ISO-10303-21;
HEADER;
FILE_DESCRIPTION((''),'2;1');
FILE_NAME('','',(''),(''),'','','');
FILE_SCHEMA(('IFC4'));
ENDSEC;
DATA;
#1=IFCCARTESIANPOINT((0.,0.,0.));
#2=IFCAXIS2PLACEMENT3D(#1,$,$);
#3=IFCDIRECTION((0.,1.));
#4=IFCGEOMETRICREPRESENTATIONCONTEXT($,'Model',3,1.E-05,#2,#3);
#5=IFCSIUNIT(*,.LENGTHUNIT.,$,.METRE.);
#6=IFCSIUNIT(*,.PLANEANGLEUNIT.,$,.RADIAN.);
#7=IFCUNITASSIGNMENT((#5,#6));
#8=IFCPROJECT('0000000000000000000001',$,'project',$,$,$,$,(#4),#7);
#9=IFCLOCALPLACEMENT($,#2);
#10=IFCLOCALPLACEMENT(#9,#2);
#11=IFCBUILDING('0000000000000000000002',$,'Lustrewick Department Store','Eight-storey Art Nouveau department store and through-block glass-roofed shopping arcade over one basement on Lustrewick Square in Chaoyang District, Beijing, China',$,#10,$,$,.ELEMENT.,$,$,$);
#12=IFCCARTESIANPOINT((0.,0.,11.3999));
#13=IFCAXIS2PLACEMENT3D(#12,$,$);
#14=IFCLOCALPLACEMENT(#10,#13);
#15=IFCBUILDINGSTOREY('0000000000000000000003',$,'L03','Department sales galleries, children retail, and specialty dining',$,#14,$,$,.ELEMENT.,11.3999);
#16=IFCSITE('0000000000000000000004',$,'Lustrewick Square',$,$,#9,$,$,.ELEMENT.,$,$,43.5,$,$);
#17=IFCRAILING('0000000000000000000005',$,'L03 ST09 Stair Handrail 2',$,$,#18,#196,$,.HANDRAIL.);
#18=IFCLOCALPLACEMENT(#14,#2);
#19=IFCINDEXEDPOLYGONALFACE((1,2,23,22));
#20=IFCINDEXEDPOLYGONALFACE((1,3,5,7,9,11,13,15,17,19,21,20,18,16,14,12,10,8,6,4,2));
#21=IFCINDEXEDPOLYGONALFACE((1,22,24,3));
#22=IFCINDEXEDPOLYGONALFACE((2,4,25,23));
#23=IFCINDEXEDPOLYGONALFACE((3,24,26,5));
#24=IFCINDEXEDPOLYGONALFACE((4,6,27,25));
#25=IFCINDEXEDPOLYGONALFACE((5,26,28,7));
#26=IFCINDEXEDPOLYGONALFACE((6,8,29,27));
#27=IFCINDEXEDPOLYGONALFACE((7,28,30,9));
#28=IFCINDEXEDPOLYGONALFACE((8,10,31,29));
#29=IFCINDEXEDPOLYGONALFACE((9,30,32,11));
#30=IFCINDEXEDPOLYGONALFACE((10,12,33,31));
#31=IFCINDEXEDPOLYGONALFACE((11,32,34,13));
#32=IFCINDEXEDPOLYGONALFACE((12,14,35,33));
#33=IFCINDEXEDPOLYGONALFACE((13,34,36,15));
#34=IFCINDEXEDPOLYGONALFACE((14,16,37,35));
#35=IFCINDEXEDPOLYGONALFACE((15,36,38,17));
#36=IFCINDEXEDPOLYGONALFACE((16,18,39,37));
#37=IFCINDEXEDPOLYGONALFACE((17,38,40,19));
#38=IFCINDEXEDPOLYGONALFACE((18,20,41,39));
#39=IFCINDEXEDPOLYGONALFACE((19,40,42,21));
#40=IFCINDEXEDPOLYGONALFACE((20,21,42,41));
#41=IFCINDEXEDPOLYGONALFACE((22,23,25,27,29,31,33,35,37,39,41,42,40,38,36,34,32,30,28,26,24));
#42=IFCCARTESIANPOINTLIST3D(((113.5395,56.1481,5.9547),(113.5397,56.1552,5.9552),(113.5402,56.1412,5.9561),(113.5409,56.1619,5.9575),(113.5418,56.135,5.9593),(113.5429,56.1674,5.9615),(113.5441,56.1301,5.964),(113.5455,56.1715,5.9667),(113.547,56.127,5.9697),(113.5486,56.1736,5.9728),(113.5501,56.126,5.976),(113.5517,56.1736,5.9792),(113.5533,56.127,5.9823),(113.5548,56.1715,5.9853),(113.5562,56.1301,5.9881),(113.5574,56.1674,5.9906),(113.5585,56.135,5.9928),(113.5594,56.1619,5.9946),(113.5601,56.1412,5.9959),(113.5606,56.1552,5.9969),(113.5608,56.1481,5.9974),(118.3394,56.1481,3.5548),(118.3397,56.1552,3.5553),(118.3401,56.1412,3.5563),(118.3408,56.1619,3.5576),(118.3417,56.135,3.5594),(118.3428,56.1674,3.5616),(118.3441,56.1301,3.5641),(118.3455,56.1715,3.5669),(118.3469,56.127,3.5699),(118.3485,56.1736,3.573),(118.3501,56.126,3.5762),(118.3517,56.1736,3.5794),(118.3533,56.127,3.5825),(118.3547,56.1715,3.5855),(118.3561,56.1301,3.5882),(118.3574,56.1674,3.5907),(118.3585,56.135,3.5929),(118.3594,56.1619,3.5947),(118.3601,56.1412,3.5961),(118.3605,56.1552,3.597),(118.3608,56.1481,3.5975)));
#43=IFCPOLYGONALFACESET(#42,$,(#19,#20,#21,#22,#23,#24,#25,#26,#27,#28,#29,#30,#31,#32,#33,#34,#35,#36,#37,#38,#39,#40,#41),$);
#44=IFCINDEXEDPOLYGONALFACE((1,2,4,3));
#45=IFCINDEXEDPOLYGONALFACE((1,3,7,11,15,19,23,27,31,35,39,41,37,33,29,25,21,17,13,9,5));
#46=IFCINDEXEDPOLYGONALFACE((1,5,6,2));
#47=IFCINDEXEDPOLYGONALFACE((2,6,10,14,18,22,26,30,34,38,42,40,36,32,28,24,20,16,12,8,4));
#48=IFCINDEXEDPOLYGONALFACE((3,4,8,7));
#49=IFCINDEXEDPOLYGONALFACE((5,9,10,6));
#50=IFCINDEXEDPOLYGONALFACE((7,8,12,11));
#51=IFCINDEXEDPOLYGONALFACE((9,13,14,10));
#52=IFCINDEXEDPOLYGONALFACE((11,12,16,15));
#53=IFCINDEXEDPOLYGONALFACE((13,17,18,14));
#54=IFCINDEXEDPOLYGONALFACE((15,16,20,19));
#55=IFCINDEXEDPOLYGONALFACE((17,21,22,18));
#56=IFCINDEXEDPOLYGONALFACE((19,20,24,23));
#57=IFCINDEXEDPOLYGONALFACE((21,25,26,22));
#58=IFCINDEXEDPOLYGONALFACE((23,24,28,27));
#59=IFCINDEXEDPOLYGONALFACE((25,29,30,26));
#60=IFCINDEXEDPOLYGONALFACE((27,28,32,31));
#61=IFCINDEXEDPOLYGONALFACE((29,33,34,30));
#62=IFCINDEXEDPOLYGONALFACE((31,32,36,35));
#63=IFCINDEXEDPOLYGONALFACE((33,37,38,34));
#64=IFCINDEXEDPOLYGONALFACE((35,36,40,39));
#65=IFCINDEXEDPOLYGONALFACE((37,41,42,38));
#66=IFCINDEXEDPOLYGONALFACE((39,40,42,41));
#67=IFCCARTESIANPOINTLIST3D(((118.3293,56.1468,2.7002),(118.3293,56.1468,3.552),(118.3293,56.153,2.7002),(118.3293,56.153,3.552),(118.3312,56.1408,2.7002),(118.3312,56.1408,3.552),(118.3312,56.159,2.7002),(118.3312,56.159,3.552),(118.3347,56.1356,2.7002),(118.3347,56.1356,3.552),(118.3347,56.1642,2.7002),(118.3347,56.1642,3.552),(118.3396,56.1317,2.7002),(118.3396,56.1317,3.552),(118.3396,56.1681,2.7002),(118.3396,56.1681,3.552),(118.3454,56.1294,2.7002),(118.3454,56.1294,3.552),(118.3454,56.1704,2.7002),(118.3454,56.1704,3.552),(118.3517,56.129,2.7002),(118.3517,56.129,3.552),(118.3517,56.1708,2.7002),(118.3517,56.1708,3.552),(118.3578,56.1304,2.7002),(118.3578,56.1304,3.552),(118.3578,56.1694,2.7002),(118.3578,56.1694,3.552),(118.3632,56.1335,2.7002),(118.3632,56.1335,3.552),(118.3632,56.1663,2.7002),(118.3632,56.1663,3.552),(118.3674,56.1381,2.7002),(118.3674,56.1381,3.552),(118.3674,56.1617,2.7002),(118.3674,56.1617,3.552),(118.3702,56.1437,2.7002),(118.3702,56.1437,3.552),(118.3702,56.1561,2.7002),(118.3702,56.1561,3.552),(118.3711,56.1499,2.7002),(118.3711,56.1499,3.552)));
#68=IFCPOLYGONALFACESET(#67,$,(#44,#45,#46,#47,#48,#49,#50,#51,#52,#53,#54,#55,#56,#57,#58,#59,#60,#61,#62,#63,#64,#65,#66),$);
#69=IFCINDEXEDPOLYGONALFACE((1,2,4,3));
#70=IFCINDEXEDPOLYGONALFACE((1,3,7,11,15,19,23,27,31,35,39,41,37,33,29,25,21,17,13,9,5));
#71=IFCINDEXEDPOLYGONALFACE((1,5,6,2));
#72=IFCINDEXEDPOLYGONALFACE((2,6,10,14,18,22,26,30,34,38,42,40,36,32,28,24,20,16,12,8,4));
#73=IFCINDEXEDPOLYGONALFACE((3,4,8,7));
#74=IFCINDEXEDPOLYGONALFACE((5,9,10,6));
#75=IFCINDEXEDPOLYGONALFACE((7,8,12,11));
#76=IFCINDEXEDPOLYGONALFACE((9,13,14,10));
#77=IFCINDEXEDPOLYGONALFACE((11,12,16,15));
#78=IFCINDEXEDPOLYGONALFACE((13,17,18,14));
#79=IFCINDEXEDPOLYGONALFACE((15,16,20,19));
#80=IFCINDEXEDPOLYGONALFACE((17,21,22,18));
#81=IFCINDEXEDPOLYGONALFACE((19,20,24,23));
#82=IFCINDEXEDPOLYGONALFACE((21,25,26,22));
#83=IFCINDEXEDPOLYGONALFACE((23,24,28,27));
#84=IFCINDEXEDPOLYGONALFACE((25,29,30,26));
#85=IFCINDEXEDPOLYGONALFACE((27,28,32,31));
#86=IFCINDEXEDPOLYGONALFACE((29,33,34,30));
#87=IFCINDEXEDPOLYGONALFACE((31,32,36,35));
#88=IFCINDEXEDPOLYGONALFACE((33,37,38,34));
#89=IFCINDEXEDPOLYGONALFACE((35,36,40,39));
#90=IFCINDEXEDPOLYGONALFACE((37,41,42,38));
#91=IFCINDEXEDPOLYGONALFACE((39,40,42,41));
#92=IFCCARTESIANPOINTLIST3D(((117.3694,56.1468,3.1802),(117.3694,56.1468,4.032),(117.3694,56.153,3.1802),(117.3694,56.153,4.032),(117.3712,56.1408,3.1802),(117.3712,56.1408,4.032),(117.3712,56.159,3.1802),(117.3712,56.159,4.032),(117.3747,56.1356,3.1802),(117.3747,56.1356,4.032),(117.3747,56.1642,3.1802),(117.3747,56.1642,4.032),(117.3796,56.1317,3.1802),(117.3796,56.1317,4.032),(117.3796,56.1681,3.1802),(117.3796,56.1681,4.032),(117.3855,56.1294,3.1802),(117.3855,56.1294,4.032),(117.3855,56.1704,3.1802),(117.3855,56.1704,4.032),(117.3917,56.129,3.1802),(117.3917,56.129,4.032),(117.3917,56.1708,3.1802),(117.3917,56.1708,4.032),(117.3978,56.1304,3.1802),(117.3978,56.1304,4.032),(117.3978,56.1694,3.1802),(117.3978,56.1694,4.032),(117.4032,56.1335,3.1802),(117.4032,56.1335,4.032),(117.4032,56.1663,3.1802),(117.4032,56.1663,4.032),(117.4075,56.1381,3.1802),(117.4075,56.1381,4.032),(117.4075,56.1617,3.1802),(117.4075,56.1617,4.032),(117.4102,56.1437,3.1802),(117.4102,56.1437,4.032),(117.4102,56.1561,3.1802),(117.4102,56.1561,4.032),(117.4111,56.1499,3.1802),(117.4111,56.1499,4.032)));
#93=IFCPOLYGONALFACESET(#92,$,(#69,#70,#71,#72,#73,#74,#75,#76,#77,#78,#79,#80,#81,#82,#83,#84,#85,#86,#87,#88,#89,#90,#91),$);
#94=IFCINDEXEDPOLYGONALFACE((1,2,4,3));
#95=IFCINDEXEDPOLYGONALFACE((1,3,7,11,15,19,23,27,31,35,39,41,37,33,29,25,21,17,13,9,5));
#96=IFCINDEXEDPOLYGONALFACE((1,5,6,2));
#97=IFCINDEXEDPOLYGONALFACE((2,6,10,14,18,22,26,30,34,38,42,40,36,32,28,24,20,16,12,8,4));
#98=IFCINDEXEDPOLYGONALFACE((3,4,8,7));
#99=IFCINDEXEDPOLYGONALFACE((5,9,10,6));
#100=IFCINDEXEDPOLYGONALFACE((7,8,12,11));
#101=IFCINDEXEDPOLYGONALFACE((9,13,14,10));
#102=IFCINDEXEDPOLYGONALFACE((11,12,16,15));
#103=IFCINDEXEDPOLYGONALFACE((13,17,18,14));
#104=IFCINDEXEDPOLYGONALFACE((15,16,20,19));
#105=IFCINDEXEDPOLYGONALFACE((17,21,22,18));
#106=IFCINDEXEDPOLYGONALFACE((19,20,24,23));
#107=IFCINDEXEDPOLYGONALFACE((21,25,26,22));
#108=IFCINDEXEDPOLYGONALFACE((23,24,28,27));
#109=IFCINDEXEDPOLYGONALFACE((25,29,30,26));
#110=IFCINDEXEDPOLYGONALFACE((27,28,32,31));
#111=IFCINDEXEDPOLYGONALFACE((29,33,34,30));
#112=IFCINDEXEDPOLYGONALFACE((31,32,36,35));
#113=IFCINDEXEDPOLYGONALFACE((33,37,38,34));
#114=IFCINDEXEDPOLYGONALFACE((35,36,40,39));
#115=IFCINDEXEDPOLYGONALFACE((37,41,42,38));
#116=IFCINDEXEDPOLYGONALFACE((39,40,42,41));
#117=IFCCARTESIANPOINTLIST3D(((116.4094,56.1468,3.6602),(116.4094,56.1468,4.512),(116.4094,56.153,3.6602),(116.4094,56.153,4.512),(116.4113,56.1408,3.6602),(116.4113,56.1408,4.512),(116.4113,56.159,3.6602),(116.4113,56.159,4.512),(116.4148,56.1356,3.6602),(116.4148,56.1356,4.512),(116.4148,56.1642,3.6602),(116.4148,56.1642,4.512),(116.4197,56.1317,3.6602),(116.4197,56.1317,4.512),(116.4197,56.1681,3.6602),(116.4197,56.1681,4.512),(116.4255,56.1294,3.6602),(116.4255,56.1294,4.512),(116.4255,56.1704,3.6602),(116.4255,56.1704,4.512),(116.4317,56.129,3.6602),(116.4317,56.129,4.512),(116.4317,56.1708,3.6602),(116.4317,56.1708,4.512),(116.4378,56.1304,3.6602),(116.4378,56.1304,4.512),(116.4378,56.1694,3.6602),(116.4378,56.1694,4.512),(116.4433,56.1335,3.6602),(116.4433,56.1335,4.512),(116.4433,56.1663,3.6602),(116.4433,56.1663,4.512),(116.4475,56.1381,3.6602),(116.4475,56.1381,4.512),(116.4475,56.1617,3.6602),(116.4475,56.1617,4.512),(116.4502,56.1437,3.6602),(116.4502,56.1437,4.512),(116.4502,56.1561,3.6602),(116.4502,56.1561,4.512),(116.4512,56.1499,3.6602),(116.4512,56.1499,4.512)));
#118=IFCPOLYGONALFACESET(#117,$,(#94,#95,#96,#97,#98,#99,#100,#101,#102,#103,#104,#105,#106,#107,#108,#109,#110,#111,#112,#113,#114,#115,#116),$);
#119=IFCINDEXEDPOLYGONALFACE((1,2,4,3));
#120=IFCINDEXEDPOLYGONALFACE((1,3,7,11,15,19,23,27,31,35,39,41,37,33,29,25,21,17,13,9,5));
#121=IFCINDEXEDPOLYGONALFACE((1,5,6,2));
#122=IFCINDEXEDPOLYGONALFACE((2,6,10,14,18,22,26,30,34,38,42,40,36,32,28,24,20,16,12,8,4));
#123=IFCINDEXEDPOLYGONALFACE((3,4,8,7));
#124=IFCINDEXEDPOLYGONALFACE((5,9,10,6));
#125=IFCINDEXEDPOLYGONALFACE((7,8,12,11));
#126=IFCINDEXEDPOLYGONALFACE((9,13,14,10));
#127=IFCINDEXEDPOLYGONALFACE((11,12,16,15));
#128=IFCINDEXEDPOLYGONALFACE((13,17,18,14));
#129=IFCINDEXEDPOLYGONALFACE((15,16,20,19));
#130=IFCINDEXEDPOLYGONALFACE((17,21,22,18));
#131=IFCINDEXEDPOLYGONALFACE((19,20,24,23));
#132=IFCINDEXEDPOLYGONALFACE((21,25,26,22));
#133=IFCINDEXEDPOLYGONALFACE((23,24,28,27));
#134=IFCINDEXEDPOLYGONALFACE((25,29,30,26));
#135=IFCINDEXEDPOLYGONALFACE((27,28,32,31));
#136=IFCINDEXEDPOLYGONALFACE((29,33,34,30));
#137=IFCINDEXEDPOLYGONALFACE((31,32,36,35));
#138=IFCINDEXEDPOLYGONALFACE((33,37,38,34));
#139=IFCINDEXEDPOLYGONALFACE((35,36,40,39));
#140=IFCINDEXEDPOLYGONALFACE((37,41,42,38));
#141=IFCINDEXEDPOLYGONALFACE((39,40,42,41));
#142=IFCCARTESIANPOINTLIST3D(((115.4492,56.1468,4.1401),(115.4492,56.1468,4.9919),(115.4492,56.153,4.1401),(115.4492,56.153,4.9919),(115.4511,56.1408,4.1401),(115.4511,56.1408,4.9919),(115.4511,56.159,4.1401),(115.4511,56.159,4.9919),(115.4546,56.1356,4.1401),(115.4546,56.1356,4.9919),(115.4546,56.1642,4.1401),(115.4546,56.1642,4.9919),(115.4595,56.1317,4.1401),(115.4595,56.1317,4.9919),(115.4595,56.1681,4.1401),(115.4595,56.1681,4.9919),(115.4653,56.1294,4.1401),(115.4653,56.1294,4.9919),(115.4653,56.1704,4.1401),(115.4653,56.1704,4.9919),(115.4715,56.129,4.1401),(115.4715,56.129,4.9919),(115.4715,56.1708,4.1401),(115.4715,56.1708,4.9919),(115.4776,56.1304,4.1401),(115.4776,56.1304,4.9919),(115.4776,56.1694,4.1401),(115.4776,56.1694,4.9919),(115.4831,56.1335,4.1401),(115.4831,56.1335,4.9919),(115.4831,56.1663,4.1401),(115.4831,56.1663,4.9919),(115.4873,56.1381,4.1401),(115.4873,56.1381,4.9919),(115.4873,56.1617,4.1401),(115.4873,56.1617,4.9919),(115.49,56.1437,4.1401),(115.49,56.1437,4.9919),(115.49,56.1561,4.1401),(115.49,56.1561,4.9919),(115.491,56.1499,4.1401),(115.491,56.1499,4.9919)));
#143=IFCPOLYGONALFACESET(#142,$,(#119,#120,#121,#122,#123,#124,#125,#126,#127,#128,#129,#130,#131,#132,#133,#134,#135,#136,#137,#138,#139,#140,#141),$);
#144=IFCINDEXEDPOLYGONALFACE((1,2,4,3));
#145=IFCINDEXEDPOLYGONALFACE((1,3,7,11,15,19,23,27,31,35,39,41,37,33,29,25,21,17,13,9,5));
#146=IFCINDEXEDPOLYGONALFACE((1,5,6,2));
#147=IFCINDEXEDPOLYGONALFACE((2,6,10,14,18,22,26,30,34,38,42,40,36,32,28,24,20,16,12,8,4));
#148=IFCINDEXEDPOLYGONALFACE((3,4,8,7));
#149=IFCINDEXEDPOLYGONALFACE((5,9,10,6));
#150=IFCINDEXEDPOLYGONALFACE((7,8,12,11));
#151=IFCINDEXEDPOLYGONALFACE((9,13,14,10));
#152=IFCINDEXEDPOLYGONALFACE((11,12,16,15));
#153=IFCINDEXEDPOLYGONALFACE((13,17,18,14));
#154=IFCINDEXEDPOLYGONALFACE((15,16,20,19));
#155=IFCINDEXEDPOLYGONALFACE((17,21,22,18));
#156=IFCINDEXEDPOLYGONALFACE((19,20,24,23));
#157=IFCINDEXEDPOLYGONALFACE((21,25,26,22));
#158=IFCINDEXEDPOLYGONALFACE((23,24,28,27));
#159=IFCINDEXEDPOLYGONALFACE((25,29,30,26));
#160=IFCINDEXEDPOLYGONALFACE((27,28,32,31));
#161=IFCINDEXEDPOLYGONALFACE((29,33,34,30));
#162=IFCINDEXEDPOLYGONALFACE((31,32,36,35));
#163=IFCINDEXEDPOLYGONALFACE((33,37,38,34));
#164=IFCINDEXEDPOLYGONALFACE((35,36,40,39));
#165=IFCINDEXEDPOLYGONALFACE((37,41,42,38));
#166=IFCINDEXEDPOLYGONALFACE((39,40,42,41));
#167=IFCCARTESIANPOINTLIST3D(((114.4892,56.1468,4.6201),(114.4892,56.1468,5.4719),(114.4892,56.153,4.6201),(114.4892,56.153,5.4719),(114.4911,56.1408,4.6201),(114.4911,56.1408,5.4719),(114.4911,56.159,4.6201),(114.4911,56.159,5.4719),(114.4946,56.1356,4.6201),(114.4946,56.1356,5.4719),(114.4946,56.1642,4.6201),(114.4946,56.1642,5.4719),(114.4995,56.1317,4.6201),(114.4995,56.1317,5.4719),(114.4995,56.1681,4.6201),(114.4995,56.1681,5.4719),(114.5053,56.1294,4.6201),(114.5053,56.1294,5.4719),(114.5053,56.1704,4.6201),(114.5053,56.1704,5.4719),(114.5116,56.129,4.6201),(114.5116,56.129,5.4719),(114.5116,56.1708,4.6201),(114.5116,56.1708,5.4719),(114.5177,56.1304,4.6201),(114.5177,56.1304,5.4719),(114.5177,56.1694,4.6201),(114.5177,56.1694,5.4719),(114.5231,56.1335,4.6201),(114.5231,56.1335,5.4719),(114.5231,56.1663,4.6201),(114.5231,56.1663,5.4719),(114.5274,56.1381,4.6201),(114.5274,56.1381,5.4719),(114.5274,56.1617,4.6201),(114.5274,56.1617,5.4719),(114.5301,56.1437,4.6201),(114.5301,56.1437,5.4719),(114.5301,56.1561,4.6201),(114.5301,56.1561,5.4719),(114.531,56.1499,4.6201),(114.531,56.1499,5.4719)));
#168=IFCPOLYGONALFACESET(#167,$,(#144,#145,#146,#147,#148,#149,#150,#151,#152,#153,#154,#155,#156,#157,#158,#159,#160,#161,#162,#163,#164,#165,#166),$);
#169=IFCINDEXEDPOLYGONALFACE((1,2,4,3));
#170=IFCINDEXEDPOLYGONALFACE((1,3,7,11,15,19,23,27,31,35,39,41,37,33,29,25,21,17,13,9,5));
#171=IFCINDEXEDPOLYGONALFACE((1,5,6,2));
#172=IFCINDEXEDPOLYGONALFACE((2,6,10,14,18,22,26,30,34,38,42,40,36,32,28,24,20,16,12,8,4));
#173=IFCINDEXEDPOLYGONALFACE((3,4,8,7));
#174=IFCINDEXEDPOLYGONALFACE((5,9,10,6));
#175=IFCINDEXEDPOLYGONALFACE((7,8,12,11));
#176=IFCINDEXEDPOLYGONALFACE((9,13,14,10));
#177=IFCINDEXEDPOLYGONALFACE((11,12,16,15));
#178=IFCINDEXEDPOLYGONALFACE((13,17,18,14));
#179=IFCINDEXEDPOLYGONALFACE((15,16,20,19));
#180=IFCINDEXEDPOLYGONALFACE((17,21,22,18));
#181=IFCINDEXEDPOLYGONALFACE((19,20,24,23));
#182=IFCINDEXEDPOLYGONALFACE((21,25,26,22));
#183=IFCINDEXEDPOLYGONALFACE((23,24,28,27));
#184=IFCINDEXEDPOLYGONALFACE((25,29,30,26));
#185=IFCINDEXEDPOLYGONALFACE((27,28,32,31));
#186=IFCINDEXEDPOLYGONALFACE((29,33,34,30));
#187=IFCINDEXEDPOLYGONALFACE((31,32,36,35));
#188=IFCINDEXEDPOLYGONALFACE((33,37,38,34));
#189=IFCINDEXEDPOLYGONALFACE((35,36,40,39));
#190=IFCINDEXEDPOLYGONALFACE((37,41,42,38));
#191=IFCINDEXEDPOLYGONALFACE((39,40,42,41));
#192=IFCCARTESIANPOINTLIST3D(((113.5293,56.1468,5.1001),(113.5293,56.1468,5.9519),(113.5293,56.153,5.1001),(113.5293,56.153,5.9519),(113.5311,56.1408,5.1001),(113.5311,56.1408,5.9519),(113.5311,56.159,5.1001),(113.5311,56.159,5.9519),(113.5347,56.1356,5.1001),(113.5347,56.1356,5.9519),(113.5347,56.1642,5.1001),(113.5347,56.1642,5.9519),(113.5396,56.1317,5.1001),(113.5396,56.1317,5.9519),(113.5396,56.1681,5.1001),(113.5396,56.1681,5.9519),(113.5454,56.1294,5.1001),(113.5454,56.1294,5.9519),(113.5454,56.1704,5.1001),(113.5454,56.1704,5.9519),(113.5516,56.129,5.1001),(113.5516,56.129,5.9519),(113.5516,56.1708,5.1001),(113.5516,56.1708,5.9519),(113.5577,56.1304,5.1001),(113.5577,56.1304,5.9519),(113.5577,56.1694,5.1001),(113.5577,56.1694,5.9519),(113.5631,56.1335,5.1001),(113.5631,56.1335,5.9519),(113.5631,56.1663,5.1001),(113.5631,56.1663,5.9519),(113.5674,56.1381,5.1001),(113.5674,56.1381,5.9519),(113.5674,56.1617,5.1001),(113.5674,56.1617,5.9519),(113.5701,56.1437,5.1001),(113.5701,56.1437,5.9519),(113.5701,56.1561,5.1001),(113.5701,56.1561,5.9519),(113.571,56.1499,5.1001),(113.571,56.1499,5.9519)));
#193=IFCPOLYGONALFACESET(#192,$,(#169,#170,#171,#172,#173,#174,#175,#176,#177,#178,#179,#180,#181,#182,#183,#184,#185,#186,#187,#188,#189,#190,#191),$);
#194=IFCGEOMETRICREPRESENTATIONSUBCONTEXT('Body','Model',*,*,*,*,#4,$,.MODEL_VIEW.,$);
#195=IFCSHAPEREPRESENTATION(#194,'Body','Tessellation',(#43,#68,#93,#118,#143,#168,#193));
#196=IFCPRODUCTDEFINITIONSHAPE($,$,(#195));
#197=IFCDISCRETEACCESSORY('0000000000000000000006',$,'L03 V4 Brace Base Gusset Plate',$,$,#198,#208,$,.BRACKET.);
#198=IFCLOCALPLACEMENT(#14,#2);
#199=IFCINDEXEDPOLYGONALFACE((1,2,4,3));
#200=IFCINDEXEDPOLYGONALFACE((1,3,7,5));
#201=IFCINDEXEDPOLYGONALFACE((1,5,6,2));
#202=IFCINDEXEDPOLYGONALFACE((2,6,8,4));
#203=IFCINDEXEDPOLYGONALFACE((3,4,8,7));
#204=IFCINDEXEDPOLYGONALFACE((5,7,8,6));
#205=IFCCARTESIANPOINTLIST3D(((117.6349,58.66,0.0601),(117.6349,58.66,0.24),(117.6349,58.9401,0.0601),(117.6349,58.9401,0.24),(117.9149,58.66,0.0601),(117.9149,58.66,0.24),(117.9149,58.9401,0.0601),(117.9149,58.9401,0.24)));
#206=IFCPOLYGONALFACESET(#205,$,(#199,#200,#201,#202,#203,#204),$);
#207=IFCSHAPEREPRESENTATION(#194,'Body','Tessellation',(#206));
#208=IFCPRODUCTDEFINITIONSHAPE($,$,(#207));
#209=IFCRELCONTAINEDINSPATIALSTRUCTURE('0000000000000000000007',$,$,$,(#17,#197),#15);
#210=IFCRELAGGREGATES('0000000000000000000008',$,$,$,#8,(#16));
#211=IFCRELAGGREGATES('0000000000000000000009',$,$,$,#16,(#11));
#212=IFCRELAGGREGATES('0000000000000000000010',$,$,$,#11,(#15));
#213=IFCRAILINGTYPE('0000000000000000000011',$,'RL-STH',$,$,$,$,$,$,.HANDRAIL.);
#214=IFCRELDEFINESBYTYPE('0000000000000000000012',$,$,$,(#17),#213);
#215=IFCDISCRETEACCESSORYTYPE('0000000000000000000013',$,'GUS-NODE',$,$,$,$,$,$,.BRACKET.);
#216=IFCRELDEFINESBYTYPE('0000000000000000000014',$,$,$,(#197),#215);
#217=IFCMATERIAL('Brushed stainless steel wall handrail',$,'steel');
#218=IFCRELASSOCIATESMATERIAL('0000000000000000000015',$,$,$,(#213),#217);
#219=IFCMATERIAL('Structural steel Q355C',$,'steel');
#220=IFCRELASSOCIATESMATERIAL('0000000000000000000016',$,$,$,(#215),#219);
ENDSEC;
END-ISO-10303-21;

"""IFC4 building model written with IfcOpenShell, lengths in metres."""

from ifc_helpers import new_model, si_unit, direction, frame, origin, origin_2d, place, context, subcontext, project, spatial, rectangle, circle, extrude, material, type_object, element, save


model = new_model("IFC4")

# Units and contexts
model_context = context("Model", 3, precision=1e-05, world=origin(), true_north=direction((0.0, 1.0)))
body_context = subcontext(model_context, "Body", "Model", "MODEL_VIEW")
ifc_project = project(units=[si_unit("LENGTHUNIT", "METRE"), si_unit("PLANEANGLEUNIT", "RADIAN")], contexts=[model_context])

# Site, building, storey
site_placement = place(None, origin())
site = spatial("IfcSite", under=ifc_project, at=site_placement, Name="Lustrewick Square", CompositionType="ELEMENT", RefElevation=43.5)
building_placement = place(site_placement, origin())
building = spatial("IfcBuilding", under=site, at=building_placement, Name="Lustrewick Department Store", Description="Eight-storey Art Nouveau department store and through-block glass-roofed shopping arcade over one basement on Lustrewick Square in Chaoyang District, Beijing, China", CompositionType="ELEMENT")
storey_placement = place(building_placement, frame((0.0, 0.0, 11.3999)))
storey = spatial("IfcBuildingStorey", under=building, at=storey_placement, Name="L03", Description="Department sales galleries, children retail, and specialty dining", CompositionType="ELEMENT", Elevation=11.3999)

# Shared definitions
ifc_material_1 = material(Name="Structural steel Q355C", Category="steel")

# Railing
ifc_material_2 = material(Name="Brushed stainless steel wall handrail", Category="steel")
railing_type_1 = type_object("IfcRailingType", Name="RL-STH", PredefinedType="HANDRAIL", material=ifc_material_2)
railing_1_placement = place(storey_placement, frame((118.3501, 56.1499, 2.7002)))
element("IfcRailing", 1, at=railing_1_placement, inside=storey, type_object=railing_type_1, Name="L03 ST09 Stair Handrail 2", PredefinedType="HANDRAIL", context=body_context, shape_type="SweptSolid", body=[
    extrude(circle(Radius=0.0239, at=origin_2d()), frame((0.0, 0.0, 0.876), z_axis=(-0.894436, 0.0, 0.447195), x_axis=(0.0, -1.0, 0.0)), (0.0, 0.0, 1.0), 5.3665),
    extrude(circle(Radius=0.021, at=origin_2d()), origin(), (0.0, 0.0, 1.0), 0.8518),
    extrude(circle(Radius=0.021, at=origin_2d()), frame((-0.96, 0.0, 0.48)), (0.0, 0.0, 1.0), 0.8518),
    extrude(circle(Radius=0.021, at=origin_2d()), frame((-1.9199, 0.0, 0.96)), (0.0, 0.0, 1.0), 0.8518),
    extrude(circle(Radius=0.021, at=origin_2d()), frame((-2.8801, 0.0, 1.4399)), (0.0, 0.0, 1.0), 0.8518),
    extrude(circle(Radius=0.021, at=origin_2d()), frame((-3.8401, 0.0, 1.9199)), (0.0, 0.0, 1.0), 0.8518),
    extrude(circle(Radius=0.021, at=origin_2d()), frame((-4.8, 0.0, 2.3999)), (0.0, 0.0, 1.0), 0.8518),
])

# Discrete accessory
discrete_accessory_type = type_object("IfcDiscreteAccessoryType", Name="GUS-NODE", PredefinedType="BRACKET", material=ifc_material_1)
for number, where, z_axis, x_axis, name in (
    (2, (117.7749, 58.8, 0.0601), (0.0, 0.0, 1.0), (1.0, 0.0, 0.0), "L03 V4 Brace Base Gusset Plate"),
):
    element("IfcDiscreteAccessory", number, at=place(storey_placement, frame(where, z_axis=z_axis, x_axis=x_axis)), inside=storey, type_object=discrete_accessory_type, Name=name, PredefinedType="BRACKET", context=body_context, shape_type="SweptSolid", body=[
        extrude(rectangle(XDim=0.28, YDim=0.28, at=origin_2d()), origin(), (0.0, 0.0, 1.0), 0.1799),
    ])

save(model, "model.ifc")
